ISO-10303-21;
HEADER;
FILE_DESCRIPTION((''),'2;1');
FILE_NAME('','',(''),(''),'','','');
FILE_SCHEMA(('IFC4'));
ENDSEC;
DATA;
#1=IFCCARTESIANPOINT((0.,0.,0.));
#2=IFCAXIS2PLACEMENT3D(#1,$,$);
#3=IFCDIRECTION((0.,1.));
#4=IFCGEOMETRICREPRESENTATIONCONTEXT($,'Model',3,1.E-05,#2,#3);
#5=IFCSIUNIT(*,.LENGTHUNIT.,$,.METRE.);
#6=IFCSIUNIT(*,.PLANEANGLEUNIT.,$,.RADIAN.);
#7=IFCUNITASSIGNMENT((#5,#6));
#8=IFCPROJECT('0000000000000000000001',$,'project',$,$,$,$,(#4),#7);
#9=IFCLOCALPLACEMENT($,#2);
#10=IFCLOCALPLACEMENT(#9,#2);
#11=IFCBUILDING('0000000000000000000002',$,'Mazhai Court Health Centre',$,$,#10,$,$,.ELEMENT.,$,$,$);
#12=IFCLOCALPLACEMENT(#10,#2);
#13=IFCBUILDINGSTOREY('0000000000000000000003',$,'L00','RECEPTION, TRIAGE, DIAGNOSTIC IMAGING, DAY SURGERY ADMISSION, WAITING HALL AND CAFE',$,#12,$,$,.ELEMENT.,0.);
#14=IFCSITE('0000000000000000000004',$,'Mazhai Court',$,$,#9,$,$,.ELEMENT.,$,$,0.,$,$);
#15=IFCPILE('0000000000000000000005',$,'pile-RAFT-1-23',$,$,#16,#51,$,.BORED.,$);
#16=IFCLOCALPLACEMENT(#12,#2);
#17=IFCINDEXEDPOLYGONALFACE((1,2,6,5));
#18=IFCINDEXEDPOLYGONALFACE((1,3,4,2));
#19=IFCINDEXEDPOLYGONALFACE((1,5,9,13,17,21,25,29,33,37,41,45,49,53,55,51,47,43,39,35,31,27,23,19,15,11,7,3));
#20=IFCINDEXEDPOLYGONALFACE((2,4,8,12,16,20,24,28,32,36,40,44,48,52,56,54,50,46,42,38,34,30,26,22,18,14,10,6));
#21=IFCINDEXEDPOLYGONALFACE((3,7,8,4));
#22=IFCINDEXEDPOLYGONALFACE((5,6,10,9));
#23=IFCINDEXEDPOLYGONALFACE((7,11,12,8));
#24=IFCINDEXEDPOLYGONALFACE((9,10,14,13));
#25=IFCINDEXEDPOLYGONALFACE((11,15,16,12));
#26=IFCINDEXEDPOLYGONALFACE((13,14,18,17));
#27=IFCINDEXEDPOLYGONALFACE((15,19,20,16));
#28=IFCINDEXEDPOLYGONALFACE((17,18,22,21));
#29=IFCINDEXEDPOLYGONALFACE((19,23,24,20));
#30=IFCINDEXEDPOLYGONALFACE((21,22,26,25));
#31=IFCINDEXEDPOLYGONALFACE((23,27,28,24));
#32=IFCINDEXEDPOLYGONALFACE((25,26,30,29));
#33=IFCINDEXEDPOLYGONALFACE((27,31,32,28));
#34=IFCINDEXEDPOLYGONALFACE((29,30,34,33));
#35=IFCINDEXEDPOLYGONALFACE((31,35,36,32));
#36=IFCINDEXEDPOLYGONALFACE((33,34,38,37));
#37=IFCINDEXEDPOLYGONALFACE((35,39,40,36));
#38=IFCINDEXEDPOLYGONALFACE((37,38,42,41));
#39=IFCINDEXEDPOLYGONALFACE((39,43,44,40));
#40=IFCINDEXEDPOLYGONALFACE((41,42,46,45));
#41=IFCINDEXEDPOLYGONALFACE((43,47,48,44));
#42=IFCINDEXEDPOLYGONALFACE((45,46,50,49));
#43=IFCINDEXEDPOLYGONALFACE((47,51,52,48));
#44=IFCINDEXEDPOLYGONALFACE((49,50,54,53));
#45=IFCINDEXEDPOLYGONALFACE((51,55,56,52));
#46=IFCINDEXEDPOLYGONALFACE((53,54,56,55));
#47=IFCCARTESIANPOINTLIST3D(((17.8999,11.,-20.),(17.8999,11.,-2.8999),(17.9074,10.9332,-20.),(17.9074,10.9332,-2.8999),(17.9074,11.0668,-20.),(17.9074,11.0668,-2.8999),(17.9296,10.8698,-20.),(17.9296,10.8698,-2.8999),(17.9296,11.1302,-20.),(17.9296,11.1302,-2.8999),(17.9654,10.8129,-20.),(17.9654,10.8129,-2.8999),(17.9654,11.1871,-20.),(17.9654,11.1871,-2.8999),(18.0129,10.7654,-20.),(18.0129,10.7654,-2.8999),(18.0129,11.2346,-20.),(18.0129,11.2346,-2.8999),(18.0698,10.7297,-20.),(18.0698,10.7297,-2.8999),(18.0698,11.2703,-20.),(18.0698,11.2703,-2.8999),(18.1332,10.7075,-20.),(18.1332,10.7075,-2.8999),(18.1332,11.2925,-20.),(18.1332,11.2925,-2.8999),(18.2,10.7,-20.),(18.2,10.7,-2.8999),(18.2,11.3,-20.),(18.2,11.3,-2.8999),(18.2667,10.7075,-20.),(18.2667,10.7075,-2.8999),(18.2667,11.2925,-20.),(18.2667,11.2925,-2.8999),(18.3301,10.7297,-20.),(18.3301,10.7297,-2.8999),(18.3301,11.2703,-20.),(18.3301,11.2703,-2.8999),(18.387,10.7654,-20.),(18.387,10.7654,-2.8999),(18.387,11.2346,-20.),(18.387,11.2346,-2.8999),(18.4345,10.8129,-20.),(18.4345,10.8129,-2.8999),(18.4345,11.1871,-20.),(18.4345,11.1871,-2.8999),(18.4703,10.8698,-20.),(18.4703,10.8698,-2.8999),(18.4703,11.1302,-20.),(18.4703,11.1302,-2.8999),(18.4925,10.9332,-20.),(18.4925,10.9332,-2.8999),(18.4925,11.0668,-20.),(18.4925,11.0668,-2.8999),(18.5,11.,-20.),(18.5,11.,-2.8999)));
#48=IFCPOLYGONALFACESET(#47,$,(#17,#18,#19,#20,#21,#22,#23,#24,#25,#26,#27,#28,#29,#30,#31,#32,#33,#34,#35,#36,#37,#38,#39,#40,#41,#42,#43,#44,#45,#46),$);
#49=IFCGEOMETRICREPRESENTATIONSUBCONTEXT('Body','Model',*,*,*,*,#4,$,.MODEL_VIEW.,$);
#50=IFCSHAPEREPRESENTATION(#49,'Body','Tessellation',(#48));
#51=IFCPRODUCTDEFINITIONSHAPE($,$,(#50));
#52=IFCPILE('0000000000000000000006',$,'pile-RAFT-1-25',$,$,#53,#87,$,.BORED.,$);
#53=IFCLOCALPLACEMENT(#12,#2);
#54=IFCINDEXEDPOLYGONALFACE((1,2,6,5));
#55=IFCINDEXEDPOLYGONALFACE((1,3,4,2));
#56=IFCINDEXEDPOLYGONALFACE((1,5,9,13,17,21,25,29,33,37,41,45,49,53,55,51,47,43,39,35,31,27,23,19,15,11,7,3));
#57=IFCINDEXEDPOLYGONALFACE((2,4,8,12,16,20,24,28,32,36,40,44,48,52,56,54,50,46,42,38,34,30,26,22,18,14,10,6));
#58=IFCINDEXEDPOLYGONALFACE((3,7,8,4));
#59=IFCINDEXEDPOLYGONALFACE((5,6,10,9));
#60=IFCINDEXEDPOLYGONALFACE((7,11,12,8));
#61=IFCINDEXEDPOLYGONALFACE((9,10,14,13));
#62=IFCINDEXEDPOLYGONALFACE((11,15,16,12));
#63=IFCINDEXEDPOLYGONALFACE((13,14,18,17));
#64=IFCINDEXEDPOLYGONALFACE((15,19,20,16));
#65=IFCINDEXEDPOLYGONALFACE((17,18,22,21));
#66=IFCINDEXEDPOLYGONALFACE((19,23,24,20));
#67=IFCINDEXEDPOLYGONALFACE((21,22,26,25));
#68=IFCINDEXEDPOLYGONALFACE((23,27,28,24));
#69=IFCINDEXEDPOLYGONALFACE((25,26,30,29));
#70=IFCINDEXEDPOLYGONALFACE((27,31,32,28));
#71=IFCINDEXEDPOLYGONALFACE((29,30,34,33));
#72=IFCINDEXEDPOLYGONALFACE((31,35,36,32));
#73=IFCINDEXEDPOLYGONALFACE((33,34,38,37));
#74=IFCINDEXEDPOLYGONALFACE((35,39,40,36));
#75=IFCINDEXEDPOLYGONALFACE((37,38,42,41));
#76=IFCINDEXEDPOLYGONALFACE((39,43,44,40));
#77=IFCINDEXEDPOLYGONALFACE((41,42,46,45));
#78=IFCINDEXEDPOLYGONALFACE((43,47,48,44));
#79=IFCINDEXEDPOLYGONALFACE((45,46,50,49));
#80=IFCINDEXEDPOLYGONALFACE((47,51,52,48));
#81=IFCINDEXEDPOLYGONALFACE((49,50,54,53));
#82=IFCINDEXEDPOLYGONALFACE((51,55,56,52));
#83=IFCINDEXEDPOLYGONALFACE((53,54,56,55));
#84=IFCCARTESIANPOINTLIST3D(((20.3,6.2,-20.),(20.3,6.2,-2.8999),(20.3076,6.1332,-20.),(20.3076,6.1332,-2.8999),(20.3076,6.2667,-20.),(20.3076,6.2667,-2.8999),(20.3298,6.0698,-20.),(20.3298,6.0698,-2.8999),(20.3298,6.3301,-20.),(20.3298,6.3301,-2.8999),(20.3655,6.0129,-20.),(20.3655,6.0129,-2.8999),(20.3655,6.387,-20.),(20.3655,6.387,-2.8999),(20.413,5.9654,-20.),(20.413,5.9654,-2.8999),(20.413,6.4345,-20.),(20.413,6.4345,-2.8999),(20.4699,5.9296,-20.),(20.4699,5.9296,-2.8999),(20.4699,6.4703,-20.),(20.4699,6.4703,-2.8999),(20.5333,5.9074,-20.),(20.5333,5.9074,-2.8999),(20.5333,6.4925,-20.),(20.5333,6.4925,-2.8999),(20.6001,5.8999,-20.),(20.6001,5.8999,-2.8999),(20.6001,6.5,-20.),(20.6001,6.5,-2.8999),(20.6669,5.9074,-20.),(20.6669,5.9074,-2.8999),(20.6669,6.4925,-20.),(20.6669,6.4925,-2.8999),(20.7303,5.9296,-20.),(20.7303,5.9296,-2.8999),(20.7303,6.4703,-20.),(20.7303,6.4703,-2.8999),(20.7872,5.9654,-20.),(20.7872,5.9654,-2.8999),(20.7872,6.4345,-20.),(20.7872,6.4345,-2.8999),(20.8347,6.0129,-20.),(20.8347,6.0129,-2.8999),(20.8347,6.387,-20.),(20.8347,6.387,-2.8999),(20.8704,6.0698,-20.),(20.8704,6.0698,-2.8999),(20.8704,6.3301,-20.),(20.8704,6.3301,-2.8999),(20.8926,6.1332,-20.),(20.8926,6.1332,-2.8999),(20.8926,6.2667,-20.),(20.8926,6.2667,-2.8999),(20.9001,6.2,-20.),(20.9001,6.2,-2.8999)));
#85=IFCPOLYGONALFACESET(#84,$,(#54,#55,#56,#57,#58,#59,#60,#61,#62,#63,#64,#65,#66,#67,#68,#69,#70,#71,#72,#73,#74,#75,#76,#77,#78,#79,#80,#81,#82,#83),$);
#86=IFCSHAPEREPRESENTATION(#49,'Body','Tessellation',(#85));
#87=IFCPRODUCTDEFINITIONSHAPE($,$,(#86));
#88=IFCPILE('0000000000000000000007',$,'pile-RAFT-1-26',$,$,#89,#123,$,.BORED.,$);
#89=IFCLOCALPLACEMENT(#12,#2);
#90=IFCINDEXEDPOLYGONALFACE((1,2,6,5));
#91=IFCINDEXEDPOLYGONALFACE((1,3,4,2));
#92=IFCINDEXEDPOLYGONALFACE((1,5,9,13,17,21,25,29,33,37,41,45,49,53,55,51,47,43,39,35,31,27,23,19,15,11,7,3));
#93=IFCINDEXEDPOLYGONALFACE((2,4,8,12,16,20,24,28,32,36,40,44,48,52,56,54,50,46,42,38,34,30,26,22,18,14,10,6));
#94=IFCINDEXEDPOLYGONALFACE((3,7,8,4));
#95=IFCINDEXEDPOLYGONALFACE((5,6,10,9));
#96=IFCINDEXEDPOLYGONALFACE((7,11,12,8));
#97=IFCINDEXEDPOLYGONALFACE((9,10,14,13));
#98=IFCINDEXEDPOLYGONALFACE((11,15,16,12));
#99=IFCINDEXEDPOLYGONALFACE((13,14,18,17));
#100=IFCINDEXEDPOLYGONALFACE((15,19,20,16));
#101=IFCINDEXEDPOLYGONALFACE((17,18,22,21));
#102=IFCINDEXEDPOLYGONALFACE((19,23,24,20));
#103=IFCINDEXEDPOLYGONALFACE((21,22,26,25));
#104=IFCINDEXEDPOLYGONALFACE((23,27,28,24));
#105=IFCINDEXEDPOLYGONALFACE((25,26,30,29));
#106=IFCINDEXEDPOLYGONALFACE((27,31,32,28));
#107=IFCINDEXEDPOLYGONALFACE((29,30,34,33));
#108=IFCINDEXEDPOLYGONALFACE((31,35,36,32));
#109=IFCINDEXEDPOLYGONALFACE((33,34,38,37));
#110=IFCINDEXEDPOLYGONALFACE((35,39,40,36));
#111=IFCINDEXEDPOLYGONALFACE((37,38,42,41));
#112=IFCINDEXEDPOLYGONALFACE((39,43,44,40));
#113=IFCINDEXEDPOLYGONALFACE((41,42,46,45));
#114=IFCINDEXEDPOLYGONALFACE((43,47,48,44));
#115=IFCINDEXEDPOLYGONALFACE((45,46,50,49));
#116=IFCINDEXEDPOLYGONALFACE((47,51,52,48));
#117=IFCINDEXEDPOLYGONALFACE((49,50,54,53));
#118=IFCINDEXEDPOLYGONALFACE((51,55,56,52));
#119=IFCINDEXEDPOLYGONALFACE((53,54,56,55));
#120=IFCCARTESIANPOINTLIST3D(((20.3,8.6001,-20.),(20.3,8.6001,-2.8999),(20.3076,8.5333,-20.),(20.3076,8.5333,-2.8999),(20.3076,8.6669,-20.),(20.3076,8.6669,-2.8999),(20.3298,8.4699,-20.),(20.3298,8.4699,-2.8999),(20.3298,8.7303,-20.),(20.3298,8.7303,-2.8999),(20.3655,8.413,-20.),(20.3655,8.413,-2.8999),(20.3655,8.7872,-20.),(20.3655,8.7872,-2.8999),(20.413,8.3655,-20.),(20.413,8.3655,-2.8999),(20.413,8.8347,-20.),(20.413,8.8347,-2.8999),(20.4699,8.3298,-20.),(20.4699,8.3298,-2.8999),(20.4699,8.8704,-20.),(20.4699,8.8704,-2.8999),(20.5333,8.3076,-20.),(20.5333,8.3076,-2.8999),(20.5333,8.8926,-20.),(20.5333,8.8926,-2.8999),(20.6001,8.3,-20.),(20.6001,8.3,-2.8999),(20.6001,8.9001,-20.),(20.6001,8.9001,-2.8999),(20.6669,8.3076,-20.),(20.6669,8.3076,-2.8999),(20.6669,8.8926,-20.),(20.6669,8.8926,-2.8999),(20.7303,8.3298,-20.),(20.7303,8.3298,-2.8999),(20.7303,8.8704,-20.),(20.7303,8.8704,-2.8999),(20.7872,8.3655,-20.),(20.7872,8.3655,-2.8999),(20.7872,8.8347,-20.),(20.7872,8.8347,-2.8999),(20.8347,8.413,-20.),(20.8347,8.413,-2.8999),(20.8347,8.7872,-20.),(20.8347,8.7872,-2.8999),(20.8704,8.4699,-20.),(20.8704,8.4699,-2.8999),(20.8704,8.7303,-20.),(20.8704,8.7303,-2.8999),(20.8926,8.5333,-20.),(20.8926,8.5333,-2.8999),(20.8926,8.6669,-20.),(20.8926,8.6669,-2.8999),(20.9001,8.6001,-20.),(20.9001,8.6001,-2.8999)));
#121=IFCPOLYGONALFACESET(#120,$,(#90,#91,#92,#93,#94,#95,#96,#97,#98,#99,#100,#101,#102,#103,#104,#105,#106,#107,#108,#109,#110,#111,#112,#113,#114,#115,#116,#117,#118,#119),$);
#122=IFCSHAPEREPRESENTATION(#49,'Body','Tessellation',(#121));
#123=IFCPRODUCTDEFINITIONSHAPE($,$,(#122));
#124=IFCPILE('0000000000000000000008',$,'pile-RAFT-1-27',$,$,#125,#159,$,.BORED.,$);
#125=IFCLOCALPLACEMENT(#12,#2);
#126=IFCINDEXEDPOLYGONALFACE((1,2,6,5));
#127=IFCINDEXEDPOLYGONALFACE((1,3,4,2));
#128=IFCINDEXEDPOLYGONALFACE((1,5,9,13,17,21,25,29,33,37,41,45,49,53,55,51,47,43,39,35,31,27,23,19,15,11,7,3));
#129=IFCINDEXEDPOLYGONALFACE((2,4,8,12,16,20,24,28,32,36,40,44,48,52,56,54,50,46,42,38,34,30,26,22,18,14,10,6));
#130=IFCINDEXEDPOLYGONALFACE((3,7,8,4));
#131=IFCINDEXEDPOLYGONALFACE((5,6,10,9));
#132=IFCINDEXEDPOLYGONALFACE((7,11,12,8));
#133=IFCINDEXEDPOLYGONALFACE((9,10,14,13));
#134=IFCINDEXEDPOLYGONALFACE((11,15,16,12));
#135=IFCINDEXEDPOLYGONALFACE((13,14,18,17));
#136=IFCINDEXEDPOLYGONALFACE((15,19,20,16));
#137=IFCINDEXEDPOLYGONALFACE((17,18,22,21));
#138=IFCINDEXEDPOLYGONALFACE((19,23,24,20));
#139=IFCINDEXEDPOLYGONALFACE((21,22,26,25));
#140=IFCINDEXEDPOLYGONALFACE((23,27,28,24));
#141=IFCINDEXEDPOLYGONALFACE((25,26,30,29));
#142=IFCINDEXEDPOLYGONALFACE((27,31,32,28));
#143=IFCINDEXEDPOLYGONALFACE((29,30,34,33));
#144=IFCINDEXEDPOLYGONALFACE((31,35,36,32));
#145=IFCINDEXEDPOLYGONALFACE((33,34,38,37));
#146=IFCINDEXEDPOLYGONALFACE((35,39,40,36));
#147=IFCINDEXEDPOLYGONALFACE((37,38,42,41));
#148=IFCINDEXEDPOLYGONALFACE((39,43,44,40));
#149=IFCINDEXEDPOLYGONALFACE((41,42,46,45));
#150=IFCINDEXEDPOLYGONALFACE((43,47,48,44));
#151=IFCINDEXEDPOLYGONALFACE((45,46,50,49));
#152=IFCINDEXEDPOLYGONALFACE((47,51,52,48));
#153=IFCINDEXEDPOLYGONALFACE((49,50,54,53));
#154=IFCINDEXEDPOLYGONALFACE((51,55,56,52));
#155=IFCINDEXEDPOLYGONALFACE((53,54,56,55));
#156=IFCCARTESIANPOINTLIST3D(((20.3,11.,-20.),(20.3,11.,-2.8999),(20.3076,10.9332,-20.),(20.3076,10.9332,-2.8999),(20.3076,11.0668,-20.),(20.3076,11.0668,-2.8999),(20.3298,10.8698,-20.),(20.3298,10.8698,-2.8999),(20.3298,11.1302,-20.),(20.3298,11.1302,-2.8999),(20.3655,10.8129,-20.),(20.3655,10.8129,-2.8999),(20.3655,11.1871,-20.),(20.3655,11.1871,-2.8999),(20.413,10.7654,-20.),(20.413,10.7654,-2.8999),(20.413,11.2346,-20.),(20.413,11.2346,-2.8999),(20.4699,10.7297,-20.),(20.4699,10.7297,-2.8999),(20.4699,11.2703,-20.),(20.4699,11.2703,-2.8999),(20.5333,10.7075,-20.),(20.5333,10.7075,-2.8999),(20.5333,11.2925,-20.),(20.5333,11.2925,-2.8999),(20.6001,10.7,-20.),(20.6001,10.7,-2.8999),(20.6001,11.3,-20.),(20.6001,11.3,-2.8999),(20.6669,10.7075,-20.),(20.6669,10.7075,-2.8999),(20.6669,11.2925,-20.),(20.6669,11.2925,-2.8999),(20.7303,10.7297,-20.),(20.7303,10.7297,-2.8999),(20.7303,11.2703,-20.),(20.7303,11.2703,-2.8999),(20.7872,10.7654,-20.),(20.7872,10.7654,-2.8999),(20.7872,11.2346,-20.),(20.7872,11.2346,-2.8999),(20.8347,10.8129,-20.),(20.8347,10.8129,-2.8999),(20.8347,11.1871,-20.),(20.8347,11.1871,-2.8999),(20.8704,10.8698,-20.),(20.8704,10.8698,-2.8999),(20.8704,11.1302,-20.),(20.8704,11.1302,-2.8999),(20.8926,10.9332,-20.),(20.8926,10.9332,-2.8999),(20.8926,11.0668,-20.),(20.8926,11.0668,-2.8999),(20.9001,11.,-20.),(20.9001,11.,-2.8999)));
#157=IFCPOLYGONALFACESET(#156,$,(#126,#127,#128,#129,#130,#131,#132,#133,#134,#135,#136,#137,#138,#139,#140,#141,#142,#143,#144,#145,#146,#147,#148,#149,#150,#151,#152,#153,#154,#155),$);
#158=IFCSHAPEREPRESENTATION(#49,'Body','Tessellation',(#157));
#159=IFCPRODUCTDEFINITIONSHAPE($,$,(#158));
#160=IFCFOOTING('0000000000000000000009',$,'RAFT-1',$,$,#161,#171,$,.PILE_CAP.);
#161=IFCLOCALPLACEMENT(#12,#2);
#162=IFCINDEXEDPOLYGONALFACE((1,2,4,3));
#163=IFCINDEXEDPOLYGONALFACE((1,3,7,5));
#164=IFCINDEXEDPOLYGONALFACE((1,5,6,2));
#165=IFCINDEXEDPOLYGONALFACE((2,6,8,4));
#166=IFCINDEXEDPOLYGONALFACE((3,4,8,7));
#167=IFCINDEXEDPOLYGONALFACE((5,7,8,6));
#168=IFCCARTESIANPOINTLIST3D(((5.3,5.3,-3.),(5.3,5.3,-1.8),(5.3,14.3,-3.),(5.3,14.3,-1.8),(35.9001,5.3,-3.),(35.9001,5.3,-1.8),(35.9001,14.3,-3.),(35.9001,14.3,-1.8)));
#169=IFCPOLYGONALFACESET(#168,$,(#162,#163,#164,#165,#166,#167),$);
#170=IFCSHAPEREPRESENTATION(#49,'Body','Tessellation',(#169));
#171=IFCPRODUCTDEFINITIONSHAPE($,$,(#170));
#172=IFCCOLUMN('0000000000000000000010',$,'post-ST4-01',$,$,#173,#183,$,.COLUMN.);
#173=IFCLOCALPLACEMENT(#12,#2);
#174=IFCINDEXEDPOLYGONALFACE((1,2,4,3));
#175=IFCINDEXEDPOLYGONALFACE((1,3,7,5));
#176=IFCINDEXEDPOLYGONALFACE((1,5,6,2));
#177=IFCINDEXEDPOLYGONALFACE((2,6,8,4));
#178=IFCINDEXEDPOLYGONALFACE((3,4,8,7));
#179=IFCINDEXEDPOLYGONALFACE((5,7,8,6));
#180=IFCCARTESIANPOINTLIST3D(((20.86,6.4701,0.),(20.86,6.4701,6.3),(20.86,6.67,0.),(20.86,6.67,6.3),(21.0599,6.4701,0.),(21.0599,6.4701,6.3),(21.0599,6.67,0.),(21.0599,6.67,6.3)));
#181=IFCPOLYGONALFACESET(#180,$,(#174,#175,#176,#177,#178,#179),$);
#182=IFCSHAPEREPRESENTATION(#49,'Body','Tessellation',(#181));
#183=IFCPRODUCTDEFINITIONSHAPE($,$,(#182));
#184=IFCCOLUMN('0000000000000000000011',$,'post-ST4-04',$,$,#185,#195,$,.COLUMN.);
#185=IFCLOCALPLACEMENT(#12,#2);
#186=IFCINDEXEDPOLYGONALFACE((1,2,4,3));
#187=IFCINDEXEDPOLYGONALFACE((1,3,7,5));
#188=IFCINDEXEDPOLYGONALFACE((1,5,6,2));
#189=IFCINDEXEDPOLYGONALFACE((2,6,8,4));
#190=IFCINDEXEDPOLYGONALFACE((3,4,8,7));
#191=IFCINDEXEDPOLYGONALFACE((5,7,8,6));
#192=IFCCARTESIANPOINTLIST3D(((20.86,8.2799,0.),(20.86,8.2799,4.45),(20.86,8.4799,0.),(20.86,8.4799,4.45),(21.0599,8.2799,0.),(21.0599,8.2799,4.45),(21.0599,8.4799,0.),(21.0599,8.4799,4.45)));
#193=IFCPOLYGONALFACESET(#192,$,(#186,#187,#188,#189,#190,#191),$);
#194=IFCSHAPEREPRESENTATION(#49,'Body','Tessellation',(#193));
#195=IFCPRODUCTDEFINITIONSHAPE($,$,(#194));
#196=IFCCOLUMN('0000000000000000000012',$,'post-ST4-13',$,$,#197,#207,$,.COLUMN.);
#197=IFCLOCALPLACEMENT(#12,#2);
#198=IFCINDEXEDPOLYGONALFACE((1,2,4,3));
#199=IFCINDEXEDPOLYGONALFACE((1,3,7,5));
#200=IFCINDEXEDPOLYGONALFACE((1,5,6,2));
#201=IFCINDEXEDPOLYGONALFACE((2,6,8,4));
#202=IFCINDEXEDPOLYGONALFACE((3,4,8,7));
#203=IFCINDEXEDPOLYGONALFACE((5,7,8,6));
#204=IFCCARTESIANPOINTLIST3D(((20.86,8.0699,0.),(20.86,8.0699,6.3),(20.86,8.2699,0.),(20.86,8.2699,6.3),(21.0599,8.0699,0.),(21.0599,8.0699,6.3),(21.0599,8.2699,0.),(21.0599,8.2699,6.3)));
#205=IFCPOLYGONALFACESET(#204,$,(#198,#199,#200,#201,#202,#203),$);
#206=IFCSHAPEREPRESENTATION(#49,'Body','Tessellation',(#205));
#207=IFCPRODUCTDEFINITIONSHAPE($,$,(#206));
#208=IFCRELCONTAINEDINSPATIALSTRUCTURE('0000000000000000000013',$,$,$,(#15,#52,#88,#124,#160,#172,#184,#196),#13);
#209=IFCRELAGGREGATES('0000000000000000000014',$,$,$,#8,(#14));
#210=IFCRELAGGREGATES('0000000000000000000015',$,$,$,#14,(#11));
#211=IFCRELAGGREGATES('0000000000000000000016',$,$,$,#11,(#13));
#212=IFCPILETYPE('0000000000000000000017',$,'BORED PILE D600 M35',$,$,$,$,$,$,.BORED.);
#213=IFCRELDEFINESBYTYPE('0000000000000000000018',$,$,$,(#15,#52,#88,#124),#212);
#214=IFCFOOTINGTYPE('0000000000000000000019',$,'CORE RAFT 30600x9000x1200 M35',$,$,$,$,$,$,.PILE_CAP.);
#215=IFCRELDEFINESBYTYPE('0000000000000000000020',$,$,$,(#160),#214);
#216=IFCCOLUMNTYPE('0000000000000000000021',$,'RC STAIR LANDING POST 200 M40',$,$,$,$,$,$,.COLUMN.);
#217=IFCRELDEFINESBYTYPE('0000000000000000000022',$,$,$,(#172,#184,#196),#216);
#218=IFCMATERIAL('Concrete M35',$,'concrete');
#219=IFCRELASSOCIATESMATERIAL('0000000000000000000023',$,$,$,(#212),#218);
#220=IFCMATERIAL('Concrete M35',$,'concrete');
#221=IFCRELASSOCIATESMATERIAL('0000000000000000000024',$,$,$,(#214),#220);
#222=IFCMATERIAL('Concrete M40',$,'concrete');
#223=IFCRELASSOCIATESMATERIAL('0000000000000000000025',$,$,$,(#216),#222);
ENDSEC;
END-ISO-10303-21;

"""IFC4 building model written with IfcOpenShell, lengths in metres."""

from ifc_helpers import new_model, si_unit, direction, frame, origin, origin_2d, place, context, subcontext, project, spatial, rectangle, circle, extrude, material, material_profile, profile_set, type_object, element, save


model = new_model("IFC4")

# Units and contexts
model_context = context("Model", 3, precision=1e-05, world=origin(), true_north=direction((0.0, 1.0)))
body_context = subcontext(model_context, "Body", "Model", "MODEL_VIEW")
ifc_project = project(units=[si_unit("LENGTHUNIT", "METRE"), si_unit("PLANEANGLEUNIT", "RADIAN")], contexts=[model_context])

# Site, building, storey
site_placement = place(None, origin())
site = spatial("IfcSite", under=ifc_project, at=site_placement, Name="Mazhai Court", CompositionType="ELEMENT", RefElevation=0.0)
building_placement = place(site_placement, origin())
building = spatial("IfcBuilding", under=site, at=building_placement, Name="Mazhai Court Health Centre", CompositionType="ELEMENT")
storey_placement = place(building_placement, origin())
storey = spatial("IfcBuildingStorey", under=building, at=storey_placement, Name="L00", Description="RECEPTION, TRIAGE, DIAGNOSTIC IMAGING, DAY SURGERY ADMISSION, WAITING HALL AND CAFE", CompositionType="ELEMENT", Elevation=0.0)

# Piles
ifc_material_1 = material(Name="Concrete M35", Category="concrete")
ifc_material_profile_1 = material_profile(ifc_material_1, circle(Radius=0.3, at=origin_2d()), Name="RC PILE D600")
ifc_profile_set_1 = profile_set([ifc_material_profile_1], Name="Concrete M35")
pile_type = type_object("IfcPileType", Name="BORED PILE D600 M35", PredefinedType="BORED", material=ifc_profile_set_1)
for number, where, z_axis, x_axis, name in (
    (1, (18.2, 11.0, -2.8999), (0.0, 0.0, -1.0), (1.0, 0.0, 0.0), "pile-RAFT-1-23"),
    (2, (20.6001, 6.2, -2.8999), (0.0, 0.0, -1.0), (1.0, 0.0, 0.0), "pile-RAFT-1-25"),
    (3, (20.6001, 8.6001, -2.8999), (0.0, 0.0, -1.0), (1.0, 0.0, 0.0), "pile-RAFT-1-26"),
    (4, (20.6001, 11.0, -2.8999), (0.0, 0.0, -1.0), (1.0, 0.0, 0.0), "pile-RAFT-1-27"),
):
    element("IfcPile", number, at=place(storey_placement, frame(where, z_axis=z_axis, x_axis=x_axis)), inside=storey, type_object=pile_type, Name=name, PredefinedType="BORED", context=body_context, shape_type="SweptSolid", body=[
        extrude(circle(Radius=0.3, at=origin_2d()), origin(), (0.0, 0.0, 1.0), 17.1001),
    ])

# Footing
ifc_material_2 = material(Name="Concrete M35", Category="concrete")
footing_type = type_object("IfcFootingType", Name="CORE RAFT 30600x9000x1200 M35", PredefinedType="PILE_CAP", material=ifc_material_2)
footing_placement = place(storey_placement, frame((20.6001, 9.8, -3.0), z_axis=(0.0, 0.0, 1.0), x_axis=(1.0, 0.0, 0.0)))
element("IfcFooting", 5, at=footing_placement, inside=storey, type_object=footing_type, Name="RAFT-1", PredefinedType="PILE_CAP", context=body_context, shape_type="SweptSolid", body=[
    extrude(rectangle(XDim=30.6001, YDim=9.0, at=origin_2d()), origin(), (0.0, 0.0, 1.0), 1.2),
])

# Columns
ifc_material_3 = material(Name="Concrete M40", Category="concrete")
ifc_material_profile_2 = material_profile(ifc_material_3, rectangle(XDim=0.2, YDim=0.2, at=origin_2d()), Name="RC 200x200")
ifc_profile_set_2 = profile_set([ifc_material_profile_2], Name="Concrete M40")
column_type = type_object("IfcColumnType", Name="RC STAIR LANDING POST 200 M40", PredefinedType="COLUMN", material=ifc_profile_set_2)
column_1_placement = place(storey_placement, frame((20.96, 6.5701, 0.0), z_axis=(0.0, 0.0, 1.0), x_axis=(1.0, 0.0, 0.0)))
element("IfcColumn", 6, at=column_1_placement, inside=storey, type_object=column_type, Name="post-ST4-01", PredefinedType="COLUMN", context=body_context, shape_type="SweptSolid", body=[
    extrude(rectangle(XDim=0.2, YDim=0.2, at=origin_2d()), origin(), (0.0, 0.0, 1.0), 6.3),
])
column_2_placement = place(storey_placement, frame((20.96, 8.3799, 0.0), z_axis=(0.0, 0.0, 1.0), x_axis=(1.0, 0.0, 0.0)))
element("IfcColumn", 7, at=column_2_placement, inside=storey, type_object=column_type, Name="post-ST4-04", PredefinedType="COLUMN", context=body_context, shape_type="SweptSolid", body=[
    extrude(rectangle(XDim=0.2, YDim=0.2, at=origin_2d()), origin(), (0.0, 0.0, 1.0), 4.45),
])
column_3_placement = place(storey_placement, frame((20.96, 8.1699, 0.0), z_axis=(0.0, 0.0, 1.0), x_axis=(1.0, 0.0, 0.0)))
element("IfcColumn", 8, at=column_3_placement, inside=storey, type_object=column_type, Name="post-ST4-13", PredefinedType="COLUMN", context=body_context, shape_type="SweptSolid", body=[
    extrude(rectangle(XDim=0.2, YDim=0.2, at=origin_2d()), origin(), (0.0, 0.0, 1.0), 6.3),
])

save(model, "model.ifc")
